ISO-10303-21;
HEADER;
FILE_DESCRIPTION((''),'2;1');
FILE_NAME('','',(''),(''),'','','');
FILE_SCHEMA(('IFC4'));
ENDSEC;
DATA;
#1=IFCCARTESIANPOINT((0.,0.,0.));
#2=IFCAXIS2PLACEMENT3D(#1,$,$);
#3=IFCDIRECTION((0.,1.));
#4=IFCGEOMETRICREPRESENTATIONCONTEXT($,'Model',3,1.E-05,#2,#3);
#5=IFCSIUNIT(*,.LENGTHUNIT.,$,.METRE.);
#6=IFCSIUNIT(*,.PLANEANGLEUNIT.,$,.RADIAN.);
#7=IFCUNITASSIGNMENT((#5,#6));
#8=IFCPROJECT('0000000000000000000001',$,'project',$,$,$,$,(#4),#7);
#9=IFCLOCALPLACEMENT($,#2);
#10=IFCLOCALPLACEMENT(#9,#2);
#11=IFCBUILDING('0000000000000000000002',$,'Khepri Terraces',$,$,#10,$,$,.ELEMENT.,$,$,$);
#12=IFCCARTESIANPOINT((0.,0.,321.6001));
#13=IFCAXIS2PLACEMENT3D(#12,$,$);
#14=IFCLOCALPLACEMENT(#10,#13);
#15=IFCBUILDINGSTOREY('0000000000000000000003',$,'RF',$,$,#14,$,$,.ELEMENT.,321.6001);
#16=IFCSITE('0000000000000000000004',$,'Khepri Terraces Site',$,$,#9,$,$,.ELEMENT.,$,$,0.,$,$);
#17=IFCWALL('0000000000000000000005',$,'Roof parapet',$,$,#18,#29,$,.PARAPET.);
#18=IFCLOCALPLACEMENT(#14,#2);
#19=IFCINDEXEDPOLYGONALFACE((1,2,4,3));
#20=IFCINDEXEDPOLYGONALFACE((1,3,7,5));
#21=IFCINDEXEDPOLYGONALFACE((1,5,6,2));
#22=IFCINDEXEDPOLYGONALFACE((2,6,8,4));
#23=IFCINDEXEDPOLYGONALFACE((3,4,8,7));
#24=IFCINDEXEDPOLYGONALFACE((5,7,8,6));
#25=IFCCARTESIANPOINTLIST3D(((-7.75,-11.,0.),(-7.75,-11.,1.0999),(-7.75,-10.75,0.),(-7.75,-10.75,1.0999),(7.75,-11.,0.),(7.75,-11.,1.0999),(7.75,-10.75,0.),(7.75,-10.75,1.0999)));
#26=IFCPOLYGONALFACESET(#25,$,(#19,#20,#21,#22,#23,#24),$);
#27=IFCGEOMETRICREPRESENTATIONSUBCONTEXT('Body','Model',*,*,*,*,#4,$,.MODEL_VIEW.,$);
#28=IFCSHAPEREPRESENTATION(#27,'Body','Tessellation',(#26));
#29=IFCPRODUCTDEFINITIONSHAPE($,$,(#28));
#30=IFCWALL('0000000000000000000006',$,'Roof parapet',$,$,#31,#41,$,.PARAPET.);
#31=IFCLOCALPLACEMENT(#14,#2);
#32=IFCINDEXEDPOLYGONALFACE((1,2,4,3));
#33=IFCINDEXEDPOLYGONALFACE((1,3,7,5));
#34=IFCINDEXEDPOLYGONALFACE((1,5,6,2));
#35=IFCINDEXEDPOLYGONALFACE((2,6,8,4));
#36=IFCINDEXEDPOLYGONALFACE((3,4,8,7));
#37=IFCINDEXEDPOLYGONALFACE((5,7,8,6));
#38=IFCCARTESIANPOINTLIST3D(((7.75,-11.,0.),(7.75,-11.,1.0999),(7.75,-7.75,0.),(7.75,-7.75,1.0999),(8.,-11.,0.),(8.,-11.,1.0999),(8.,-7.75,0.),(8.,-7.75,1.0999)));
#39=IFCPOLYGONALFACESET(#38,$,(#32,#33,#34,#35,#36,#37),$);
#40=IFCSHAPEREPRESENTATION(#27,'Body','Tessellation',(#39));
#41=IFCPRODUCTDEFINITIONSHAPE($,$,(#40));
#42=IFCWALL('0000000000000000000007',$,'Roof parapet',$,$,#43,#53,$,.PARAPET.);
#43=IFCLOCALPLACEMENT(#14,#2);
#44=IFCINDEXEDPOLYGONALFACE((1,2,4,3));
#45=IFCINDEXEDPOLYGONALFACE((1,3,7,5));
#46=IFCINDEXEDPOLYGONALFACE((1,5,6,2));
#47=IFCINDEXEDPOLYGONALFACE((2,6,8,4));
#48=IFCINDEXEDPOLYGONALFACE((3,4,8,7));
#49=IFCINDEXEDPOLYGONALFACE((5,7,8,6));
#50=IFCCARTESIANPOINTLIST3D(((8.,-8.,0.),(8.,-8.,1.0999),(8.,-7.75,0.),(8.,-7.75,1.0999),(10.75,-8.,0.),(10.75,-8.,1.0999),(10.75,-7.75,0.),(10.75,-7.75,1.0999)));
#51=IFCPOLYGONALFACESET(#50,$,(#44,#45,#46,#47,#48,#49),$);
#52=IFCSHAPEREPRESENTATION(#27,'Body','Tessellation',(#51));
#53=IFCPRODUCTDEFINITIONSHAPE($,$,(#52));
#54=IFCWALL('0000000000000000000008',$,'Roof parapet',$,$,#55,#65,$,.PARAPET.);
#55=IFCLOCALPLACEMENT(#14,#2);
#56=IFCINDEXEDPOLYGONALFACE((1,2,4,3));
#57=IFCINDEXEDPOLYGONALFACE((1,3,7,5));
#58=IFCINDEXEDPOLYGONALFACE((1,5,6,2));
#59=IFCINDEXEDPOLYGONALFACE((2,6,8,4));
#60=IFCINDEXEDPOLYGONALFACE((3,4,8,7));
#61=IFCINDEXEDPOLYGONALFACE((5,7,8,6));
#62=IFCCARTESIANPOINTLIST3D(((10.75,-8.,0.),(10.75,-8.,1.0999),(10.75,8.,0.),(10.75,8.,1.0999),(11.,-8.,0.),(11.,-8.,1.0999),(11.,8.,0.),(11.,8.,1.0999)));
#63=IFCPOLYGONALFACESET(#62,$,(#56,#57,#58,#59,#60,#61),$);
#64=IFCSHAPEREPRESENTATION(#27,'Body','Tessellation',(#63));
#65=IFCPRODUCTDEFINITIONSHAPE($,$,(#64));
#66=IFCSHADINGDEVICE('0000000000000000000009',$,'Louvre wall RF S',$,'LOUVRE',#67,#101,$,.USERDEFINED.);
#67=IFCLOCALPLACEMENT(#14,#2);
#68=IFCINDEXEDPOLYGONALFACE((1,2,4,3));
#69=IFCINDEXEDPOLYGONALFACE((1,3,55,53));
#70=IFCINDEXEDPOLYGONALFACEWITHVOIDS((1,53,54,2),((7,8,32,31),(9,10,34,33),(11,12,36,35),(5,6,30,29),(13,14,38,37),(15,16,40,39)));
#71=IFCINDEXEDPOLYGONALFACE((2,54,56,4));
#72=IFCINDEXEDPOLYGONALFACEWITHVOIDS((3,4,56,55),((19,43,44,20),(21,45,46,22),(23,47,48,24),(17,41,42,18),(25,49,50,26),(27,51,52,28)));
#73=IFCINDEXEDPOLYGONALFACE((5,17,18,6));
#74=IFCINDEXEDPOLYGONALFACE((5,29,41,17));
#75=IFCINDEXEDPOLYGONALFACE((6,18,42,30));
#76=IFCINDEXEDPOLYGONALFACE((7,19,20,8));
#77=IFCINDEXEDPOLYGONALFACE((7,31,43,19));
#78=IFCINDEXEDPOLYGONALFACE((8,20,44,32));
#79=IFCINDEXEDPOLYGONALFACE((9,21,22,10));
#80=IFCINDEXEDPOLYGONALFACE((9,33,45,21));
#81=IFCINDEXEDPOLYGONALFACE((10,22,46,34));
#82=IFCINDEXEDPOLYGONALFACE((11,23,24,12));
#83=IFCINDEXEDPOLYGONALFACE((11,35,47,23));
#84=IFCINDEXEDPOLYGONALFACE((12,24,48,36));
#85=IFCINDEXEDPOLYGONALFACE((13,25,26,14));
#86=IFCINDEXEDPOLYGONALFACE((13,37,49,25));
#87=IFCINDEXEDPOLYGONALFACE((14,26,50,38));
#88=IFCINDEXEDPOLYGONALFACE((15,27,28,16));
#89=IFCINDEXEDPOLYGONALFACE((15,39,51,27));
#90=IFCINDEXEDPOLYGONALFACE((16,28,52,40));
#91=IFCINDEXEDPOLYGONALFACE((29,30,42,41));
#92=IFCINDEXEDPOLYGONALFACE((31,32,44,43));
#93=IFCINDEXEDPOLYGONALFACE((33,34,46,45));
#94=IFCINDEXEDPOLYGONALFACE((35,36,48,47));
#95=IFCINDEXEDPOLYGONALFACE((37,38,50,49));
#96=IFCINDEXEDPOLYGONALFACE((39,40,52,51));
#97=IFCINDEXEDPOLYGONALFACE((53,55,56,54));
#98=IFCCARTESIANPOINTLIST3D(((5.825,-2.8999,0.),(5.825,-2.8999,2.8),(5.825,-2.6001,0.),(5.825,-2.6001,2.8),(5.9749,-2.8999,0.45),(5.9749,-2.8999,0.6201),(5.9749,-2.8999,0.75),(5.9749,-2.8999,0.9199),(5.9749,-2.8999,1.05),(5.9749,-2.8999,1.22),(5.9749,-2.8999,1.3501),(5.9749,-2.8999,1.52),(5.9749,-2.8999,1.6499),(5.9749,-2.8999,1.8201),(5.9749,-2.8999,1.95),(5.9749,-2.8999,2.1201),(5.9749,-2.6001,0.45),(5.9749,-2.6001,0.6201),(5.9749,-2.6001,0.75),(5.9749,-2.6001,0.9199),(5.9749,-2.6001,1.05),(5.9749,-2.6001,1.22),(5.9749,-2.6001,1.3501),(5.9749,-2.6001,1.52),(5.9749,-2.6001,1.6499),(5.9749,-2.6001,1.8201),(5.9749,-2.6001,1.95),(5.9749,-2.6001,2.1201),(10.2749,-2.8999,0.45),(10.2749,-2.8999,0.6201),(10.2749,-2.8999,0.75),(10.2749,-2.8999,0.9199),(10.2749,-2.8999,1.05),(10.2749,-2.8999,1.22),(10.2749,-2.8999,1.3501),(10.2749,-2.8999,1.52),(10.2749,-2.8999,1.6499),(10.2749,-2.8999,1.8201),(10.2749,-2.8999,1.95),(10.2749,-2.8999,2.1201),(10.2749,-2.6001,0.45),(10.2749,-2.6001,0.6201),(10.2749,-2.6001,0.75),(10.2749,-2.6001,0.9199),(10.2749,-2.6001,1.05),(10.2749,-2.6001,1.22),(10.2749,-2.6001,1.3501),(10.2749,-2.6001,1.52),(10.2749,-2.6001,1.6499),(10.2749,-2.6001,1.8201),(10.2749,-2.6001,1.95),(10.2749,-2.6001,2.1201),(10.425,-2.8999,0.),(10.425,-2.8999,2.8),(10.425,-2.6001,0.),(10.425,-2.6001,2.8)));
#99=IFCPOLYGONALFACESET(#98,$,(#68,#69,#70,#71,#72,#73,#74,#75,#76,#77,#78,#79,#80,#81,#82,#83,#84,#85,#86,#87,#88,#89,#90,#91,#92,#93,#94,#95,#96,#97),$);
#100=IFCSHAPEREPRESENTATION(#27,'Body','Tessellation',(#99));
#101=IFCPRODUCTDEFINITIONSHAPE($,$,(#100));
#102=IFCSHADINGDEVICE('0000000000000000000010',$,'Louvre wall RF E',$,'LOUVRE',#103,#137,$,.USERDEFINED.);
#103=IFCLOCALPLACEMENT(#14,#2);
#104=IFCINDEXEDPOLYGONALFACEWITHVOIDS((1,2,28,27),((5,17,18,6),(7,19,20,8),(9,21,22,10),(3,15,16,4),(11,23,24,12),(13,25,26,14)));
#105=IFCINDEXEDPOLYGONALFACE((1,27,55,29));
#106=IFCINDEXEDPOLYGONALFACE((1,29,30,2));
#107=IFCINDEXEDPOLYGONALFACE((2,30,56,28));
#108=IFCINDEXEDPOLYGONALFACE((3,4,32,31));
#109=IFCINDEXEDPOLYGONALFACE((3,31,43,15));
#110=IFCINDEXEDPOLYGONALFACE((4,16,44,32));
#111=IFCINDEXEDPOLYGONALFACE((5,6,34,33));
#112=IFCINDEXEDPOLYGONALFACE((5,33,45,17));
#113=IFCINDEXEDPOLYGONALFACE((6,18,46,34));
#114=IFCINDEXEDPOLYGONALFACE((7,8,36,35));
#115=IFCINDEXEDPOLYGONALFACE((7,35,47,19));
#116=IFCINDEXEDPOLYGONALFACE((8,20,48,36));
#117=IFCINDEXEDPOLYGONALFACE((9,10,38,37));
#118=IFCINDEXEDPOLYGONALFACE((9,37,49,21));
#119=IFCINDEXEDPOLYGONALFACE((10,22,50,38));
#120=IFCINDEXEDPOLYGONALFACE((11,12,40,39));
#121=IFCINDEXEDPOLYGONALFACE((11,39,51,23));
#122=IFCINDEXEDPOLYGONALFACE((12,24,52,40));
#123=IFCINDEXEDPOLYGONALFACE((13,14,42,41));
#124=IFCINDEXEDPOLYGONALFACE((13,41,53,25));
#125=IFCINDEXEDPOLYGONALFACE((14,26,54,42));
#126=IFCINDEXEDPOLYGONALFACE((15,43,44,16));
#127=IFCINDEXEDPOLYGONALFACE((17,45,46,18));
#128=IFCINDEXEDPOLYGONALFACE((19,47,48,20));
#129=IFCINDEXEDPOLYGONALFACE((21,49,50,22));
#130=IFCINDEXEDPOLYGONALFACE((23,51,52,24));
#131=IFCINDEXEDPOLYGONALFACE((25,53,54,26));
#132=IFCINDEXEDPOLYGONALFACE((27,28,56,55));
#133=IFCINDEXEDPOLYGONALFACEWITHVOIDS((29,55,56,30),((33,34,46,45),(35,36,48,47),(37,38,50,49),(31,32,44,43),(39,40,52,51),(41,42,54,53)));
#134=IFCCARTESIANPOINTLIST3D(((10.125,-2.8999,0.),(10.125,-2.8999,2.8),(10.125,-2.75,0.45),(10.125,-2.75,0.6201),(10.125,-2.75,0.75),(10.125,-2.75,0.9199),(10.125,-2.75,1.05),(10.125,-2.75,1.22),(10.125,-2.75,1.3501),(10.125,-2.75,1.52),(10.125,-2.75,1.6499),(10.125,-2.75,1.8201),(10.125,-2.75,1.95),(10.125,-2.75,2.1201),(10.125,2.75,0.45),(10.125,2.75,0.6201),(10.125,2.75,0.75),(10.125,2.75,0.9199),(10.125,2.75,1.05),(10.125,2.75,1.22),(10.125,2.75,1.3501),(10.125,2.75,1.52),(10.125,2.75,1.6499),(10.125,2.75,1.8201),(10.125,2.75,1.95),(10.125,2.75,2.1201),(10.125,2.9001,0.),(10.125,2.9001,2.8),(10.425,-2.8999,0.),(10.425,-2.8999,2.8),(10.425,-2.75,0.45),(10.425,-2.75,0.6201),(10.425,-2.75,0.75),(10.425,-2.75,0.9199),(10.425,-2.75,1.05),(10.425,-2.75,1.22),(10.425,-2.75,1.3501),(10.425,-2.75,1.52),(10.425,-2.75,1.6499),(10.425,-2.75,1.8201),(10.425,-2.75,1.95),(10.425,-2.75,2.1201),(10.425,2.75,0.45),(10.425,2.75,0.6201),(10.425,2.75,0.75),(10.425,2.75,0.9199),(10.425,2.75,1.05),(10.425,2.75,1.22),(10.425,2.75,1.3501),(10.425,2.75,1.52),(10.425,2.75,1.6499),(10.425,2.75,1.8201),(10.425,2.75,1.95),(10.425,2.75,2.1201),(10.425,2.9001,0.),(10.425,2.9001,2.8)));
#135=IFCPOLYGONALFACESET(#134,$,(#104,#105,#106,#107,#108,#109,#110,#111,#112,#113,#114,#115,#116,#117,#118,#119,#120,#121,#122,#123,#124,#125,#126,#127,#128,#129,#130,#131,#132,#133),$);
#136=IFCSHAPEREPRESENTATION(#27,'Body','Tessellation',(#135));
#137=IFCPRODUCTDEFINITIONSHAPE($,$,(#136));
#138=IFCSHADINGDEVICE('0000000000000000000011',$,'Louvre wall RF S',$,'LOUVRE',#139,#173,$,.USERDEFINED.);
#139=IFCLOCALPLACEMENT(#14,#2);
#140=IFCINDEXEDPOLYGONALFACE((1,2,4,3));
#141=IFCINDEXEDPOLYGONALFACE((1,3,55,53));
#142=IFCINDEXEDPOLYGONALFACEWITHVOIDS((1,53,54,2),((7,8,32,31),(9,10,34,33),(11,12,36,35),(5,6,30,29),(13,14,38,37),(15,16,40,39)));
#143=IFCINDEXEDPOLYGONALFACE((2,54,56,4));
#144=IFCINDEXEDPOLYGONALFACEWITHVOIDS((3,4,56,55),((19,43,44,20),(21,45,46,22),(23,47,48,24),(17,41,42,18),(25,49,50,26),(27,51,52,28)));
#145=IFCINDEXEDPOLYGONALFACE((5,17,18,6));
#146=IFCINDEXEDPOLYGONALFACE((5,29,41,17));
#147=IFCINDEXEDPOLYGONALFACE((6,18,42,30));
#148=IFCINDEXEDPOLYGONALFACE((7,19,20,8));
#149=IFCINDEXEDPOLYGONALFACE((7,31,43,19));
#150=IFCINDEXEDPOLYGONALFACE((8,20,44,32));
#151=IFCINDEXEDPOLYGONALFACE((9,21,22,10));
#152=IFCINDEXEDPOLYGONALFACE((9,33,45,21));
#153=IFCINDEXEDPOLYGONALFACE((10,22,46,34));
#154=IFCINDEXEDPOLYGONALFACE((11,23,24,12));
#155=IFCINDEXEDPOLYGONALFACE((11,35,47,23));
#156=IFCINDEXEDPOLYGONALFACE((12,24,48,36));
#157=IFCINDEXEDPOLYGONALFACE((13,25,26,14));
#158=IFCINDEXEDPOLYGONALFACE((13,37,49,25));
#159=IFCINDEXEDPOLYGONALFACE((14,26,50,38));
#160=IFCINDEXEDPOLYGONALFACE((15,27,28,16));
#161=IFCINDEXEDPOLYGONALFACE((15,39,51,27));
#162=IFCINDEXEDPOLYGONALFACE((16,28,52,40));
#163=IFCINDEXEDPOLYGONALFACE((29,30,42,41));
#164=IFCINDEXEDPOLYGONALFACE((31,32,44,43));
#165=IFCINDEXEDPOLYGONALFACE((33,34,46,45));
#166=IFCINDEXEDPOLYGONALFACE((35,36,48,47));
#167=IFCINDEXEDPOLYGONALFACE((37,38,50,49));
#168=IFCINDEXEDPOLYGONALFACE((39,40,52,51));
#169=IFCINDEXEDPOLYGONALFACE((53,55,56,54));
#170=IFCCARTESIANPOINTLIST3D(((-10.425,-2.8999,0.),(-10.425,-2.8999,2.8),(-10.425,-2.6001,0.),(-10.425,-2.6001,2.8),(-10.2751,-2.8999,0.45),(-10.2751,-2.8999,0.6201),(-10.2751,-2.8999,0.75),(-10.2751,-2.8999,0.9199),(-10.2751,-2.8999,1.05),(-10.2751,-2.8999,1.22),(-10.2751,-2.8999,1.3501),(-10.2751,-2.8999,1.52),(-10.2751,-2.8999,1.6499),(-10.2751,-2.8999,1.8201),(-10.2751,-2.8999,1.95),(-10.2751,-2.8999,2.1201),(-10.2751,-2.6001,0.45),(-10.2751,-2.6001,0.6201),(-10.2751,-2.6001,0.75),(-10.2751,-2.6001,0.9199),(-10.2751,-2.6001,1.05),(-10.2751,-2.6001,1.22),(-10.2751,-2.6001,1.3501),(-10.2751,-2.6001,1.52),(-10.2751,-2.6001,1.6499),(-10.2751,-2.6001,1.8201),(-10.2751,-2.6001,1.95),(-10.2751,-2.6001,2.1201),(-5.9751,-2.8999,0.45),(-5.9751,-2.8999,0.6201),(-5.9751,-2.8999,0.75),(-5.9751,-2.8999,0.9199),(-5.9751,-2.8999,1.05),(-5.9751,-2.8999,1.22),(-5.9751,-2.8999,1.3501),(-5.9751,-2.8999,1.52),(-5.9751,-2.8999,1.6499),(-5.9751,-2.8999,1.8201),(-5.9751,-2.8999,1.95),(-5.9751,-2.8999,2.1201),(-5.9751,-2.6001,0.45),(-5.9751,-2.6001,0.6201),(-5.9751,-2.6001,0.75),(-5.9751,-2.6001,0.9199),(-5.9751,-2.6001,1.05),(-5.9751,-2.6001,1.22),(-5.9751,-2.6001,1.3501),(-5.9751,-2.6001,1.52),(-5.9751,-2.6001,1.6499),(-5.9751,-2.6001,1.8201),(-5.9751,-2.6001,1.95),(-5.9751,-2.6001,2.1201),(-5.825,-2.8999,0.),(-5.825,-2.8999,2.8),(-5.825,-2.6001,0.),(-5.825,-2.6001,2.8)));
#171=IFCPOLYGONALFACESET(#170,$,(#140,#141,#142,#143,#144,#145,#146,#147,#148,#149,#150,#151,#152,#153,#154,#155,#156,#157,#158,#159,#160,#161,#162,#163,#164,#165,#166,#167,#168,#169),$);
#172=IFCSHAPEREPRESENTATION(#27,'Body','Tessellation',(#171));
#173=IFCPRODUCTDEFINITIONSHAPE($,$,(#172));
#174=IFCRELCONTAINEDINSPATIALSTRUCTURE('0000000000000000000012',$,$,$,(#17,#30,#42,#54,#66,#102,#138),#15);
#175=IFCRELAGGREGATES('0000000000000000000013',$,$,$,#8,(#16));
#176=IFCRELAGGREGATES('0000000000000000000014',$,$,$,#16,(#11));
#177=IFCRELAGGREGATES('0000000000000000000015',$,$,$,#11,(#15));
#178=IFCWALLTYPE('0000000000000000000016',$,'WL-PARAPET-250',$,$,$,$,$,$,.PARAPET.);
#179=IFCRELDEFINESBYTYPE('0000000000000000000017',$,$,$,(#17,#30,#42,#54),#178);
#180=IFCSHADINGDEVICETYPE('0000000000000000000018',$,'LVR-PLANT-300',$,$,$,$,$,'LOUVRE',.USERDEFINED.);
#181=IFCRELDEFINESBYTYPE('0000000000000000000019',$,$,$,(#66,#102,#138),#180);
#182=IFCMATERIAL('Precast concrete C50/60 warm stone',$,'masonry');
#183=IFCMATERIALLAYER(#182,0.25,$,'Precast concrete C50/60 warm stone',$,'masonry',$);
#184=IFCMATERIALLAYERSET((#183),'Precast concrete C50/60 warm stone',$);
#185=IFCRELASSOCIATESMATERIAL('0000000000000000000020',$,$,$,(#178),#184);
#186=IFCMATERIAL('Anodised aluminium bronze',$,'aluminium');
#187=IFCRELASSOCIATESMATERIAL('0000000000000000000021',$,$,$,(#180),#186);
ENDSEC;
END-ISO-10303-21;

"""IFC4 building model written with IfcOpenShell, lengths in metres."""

from ifc_helpers import new_model, si_unit, direction, frame, frame_2d, origin, place, context, subcontext, project, spatial, polyline, rectangle, outline, extrude, material, layer, layer_set, type_object, element, save


model = new_model("IFC4")

# Units and contexts
model_context = context("Model", 3, precision=1e-05, world=origin(), true_north=direction((0.0, 1.0)))
body_context = subcontext(model_context, "Body", "Model", "MODEL_VIEW")
ifc_project = project(units=[si_unit("LENGTHUNIT", "METRE"), si_unit("PLANEANGLEUNIT", "RADIAN")], contexts=[model_context])

# Site, building, storey
site_placement = place(None, origin())
site = spatial("IfcSite", under=ifc_project, at=site_placement, Name="Khepri Terraces Site", CompositionType="ELEMENT", RefElevation=0.0)
building_placement = place(site_placement, origin())
building = spatial("IfcBuilding", under=site, at=building_placement, Name="Khepri Terraces", CompositionType="ELEMENT")
storey_placement = place(building_placement, frame((0.0, 0.0, 321.6001)))
storey = spatial("IfcBuildingStorey", under=building, at=storey_placement, Name="RF", CompositionType="ELEMENT", Elevation=321.6001)

# Shared definitions
ifc_material_1 = material(Name="Precast concrete C50/60 warm stone", Category="masonry")

# Walls
ifc_layer_1 = layer(ifc_material_1, 0.25, Name="Precast concrete C50/60 warm stone", Category="masonry")
ifc_layer_set_1 = layer_set([ifc_layer_1], Name="Precast concrete C50/60 warm stone")
wall_type_1 = type_object("IfcWallType", Name="WL-PARAPET-250", PredefinedType="PARAPET", material=ifc_layer_set_1)
wall_1_placement = place(storey_placement, frame((-7.75, -10.875, 0.0), z_axis=(0.0, 0.0, 1.0), x_axis=(1.0, 0.0, 0.0)))
element("IfcWall", 1, at=wall_1_placement, inside=storey, type_object=wall_type_1, Name="Roof parapet", PredefinedType="PARAPET", context=body_context, shape_type="SweptSolid", body=[
    extrude(rectangle(XDim=15.5, YDim=0.25, at=frame_2d((7.75, 0.0))), origin(), (0.0, 0.0, 1.0), 1.0999),
])
wall_2_placement = place(storey_placement, frame((7.875, -11.0, 0.0), z_axis=(0.0, 0.0, 1.0), x_axis=(0.0, 1.0, 0.0)))
element("IfcWall", 2, at=wall_2_placement, inside=storey, type_object=wall_type_1, Name="Roof parapet", PredefinedType="PARAPET", context=body_context, shape_type="SweptSolid", body=[
    extrude(rectangle(XDim=3.25, YDim=0.25, at=frame_2d((1.625, 0.0))), origin(), (0.0, 0.0, 1.0), 1.0999),
])
wall_3_placement = place(storey_placement, frame((8.0, -7.875, 0.0), z_axis=(0.0, 0.0, 1.0), x_axis=(1.0, 0.0, 0.0)))
element("IfcWall", 3, at=wall_3_placement, inside=storey, type_object=wall_type_1, Name="Roof parapet", PredefinedType="PARAPET", context=body_context, shape_type="SweptSolid", body=[
    extrude(rectangle(XDim=2.75, YDim=0.25, at=frame_2d((1.375, 0.0))), origin(), (0.0, 0.0, 1.0), 1.0999),
])
wall_4_placement = place(storey_placement, frame((10.875, -8.0, 0.0), z_axis=(0.0, 0.0, 1.0), x_axis=(0.0, 1.0, 0.0)))
element("IfcWall", 4, at=wall_4_placement, inside=storey, type_object=wall_type_1, Name="Roof parapet", PredefinedType="PARAPET", context=body_context, shape_type="SweptSolid", body=[
    extrude(rectangle(XDim=16.0, YDim=0.25, at=frame_2d((8.0, 0.0))), origin(), (0.0, 0.0, 1.0), 1.0999),
])

# Shading devices
ifc_material_2 = material(Name="Anodised aluminium bronze", Category="aluminium")
shading_device_type = type_object("IfcShadingDeviceType", Name="LVR-PLANT-300", ElementType="LOUVRE", PredefinedType="USERDEFINED", material=ifc_material_2)
shading_device_1_placement = place(storey_placement, frame((5.825, -2.6001, 0.0), z_axis=(0.0, -1.0, 0.0), x_axis=(1.0, 0.0, 0.0)))
element("IfcShadingDevice", 5, at=shading_device_1_placement, inside=storey, type_object=shading_device_type, Name="Louvre wall RF S", ObjectType="LOUVRE", PredefinedType="USERDEFINED", context=body_context, shape_type="SweptSolid", body=[
    extrude(outline(polyline([(0.0, 0.0), (4.6001, 0.0), (4.6001, 2.8), (0.0, 2.8), (0.0, 0.0)]), holes=[polyline([(0.1499, 0.45), (4.45, 0.45), (4.45, 0.6201), (0.1499, 0.6201), (0.1499, 0.45)]), polyline([(0.1499, 0.75), (4.45, 0.75), (4.45, 0.9199), (0.1499, 0.9199), (0.1499, 0.75)]), polyline([(0.1499, 1.05), (4.45, 1.05), (4.45, 1.22), (0.1499, 1.22), (0.1499, 1.05)]), polyline([(0.1499, 1.3501), (4.45, 1.3501), (4.45, 1.52), (0.1499, 1.52), (0.1499, 1.3501)]), polyline([(0.1499, 1.6499), (4.45, 1.6499), (4.45, 1.8201), (0.1499, 1.8201), (0.1499, 1.6499)]), polyline([(0.1499, 1.95), (4.45, 1.95), (4.45, 2.1201), (0.1499, 2.1201), (0.1499, 1.95)])]), origin(), (0.0, 0.0, 1.0), 0.2998),
])
shading_device_2_placement = place(storey_placement, frame((10.125, -2.8999, 0.0), z_axis=(1.0, 0.0, 0.0), x_axis=(0.0, 1.0, 0.0)))
element("IfcShadingDevice", 6, at=shading_device_2_placement, inside=storey, type_object=shading_device_type, Name="Louvre wall RF E", ObjectType="LOUVRE", PredefinedType="USERDEFINED", context=body_context, shape_type="SweptSolid", body=[
    extrude(outline(polyline([(0.0, 0.0), (5.8, 0.0), (5.8, 2.8), (0.0, 2.8), (0.0, 0.0)]), holes=[polyline([(0.1499, 0.45), (5.6499, 0.45), (5.6499, 0.6201), (0.1499, 0.6201), (0.1499, 0.45)]), polyline([(0.1499, 0.75), (5.6499, 0.75), (5.6499, 0.9199), (0.1499, 0.9199), (0.1499, 0.75)]), polyline([(0.1499, 1.05), (5.6499, 1.05), (5.6499, 1.22), (0.1499, 1.22), (0.1499, 1.05)]), polyline([(0.1499, 1.3501), (5.6499, 1.3501), (5.6499, 1.52), (0.1499, 1.52), (0.1499, 1.3501)]), polyline([(0.1499, 1.6499), (5.6499, 1.6499), (5.6499, 1.8201), (0.1499, 1.8201), (0.1499, 1.6499)]), polyline([(0.1499, 1.95), (5.6499, 1.95), (5.6499, 2.1201), (0.1499, 2.1201), (0.1499, 1.95)])]), origin(), (0.0, 0.0, 1.0), 0.3),
])
shading_device_3_placement = place(storey_placement, frame((-10.425, -2.6001, 0.0), z_axis=(0.0, -1.0, 0.0), x_axis=(1.0, 0.0, 0.0)))
element("IfcShadingDevice", 7, at=shading_device_3_placement, inside=storey, type_object=shading_device_type, Name="Louvre wall RF S", ObjectType="LOUVRE", PredefinedType="USERDEFINED", context=body_context, shape_type="SweptSolid", body=[
    extrude(outline(polyline([(0.0, 0.0), (4.6001, 0.0), (4.6001, 2.8), (0.0, 2.8), (0.0, 0.0)]), holes=[polyline([(0.1499, 0.45), (4.45, 0.45), (4.45, 0.6201), (0.1499, 0.6201), (0.1499, 0.45)]), polyline([(0.1499, 0.75), (4.45, 0.75), (4.45, 0.9199), (0.1499, 0.9199), (0.1499, 0.75)]), polyline([(0.1499, 1.05), (4.45, 1.05), (4.45, 1.22), (0.1499, 1.22), (0.1499, 1.05)]), polyline([(0.1499, 1.3501), (4.45, 1.3501), (4.45, 1.52), (0.1499, 1.52), (0.1499, 1.3501)]), polyline([(0.1499, 1.6499), (4.45, 1.6499), (4.45, 1.8201), (0.1499, 1.8201), (0.1499, 1.6499)]), polyline([(0.1499, 1.95), (4.45, 1.95), (4.45, 2.1201), (0.1499, 2.1201), (0.1499, 1.95)])]), origin(), (0.0, 0.0, 1.0), 0.2998),
])

save(model, "model.ifc")
